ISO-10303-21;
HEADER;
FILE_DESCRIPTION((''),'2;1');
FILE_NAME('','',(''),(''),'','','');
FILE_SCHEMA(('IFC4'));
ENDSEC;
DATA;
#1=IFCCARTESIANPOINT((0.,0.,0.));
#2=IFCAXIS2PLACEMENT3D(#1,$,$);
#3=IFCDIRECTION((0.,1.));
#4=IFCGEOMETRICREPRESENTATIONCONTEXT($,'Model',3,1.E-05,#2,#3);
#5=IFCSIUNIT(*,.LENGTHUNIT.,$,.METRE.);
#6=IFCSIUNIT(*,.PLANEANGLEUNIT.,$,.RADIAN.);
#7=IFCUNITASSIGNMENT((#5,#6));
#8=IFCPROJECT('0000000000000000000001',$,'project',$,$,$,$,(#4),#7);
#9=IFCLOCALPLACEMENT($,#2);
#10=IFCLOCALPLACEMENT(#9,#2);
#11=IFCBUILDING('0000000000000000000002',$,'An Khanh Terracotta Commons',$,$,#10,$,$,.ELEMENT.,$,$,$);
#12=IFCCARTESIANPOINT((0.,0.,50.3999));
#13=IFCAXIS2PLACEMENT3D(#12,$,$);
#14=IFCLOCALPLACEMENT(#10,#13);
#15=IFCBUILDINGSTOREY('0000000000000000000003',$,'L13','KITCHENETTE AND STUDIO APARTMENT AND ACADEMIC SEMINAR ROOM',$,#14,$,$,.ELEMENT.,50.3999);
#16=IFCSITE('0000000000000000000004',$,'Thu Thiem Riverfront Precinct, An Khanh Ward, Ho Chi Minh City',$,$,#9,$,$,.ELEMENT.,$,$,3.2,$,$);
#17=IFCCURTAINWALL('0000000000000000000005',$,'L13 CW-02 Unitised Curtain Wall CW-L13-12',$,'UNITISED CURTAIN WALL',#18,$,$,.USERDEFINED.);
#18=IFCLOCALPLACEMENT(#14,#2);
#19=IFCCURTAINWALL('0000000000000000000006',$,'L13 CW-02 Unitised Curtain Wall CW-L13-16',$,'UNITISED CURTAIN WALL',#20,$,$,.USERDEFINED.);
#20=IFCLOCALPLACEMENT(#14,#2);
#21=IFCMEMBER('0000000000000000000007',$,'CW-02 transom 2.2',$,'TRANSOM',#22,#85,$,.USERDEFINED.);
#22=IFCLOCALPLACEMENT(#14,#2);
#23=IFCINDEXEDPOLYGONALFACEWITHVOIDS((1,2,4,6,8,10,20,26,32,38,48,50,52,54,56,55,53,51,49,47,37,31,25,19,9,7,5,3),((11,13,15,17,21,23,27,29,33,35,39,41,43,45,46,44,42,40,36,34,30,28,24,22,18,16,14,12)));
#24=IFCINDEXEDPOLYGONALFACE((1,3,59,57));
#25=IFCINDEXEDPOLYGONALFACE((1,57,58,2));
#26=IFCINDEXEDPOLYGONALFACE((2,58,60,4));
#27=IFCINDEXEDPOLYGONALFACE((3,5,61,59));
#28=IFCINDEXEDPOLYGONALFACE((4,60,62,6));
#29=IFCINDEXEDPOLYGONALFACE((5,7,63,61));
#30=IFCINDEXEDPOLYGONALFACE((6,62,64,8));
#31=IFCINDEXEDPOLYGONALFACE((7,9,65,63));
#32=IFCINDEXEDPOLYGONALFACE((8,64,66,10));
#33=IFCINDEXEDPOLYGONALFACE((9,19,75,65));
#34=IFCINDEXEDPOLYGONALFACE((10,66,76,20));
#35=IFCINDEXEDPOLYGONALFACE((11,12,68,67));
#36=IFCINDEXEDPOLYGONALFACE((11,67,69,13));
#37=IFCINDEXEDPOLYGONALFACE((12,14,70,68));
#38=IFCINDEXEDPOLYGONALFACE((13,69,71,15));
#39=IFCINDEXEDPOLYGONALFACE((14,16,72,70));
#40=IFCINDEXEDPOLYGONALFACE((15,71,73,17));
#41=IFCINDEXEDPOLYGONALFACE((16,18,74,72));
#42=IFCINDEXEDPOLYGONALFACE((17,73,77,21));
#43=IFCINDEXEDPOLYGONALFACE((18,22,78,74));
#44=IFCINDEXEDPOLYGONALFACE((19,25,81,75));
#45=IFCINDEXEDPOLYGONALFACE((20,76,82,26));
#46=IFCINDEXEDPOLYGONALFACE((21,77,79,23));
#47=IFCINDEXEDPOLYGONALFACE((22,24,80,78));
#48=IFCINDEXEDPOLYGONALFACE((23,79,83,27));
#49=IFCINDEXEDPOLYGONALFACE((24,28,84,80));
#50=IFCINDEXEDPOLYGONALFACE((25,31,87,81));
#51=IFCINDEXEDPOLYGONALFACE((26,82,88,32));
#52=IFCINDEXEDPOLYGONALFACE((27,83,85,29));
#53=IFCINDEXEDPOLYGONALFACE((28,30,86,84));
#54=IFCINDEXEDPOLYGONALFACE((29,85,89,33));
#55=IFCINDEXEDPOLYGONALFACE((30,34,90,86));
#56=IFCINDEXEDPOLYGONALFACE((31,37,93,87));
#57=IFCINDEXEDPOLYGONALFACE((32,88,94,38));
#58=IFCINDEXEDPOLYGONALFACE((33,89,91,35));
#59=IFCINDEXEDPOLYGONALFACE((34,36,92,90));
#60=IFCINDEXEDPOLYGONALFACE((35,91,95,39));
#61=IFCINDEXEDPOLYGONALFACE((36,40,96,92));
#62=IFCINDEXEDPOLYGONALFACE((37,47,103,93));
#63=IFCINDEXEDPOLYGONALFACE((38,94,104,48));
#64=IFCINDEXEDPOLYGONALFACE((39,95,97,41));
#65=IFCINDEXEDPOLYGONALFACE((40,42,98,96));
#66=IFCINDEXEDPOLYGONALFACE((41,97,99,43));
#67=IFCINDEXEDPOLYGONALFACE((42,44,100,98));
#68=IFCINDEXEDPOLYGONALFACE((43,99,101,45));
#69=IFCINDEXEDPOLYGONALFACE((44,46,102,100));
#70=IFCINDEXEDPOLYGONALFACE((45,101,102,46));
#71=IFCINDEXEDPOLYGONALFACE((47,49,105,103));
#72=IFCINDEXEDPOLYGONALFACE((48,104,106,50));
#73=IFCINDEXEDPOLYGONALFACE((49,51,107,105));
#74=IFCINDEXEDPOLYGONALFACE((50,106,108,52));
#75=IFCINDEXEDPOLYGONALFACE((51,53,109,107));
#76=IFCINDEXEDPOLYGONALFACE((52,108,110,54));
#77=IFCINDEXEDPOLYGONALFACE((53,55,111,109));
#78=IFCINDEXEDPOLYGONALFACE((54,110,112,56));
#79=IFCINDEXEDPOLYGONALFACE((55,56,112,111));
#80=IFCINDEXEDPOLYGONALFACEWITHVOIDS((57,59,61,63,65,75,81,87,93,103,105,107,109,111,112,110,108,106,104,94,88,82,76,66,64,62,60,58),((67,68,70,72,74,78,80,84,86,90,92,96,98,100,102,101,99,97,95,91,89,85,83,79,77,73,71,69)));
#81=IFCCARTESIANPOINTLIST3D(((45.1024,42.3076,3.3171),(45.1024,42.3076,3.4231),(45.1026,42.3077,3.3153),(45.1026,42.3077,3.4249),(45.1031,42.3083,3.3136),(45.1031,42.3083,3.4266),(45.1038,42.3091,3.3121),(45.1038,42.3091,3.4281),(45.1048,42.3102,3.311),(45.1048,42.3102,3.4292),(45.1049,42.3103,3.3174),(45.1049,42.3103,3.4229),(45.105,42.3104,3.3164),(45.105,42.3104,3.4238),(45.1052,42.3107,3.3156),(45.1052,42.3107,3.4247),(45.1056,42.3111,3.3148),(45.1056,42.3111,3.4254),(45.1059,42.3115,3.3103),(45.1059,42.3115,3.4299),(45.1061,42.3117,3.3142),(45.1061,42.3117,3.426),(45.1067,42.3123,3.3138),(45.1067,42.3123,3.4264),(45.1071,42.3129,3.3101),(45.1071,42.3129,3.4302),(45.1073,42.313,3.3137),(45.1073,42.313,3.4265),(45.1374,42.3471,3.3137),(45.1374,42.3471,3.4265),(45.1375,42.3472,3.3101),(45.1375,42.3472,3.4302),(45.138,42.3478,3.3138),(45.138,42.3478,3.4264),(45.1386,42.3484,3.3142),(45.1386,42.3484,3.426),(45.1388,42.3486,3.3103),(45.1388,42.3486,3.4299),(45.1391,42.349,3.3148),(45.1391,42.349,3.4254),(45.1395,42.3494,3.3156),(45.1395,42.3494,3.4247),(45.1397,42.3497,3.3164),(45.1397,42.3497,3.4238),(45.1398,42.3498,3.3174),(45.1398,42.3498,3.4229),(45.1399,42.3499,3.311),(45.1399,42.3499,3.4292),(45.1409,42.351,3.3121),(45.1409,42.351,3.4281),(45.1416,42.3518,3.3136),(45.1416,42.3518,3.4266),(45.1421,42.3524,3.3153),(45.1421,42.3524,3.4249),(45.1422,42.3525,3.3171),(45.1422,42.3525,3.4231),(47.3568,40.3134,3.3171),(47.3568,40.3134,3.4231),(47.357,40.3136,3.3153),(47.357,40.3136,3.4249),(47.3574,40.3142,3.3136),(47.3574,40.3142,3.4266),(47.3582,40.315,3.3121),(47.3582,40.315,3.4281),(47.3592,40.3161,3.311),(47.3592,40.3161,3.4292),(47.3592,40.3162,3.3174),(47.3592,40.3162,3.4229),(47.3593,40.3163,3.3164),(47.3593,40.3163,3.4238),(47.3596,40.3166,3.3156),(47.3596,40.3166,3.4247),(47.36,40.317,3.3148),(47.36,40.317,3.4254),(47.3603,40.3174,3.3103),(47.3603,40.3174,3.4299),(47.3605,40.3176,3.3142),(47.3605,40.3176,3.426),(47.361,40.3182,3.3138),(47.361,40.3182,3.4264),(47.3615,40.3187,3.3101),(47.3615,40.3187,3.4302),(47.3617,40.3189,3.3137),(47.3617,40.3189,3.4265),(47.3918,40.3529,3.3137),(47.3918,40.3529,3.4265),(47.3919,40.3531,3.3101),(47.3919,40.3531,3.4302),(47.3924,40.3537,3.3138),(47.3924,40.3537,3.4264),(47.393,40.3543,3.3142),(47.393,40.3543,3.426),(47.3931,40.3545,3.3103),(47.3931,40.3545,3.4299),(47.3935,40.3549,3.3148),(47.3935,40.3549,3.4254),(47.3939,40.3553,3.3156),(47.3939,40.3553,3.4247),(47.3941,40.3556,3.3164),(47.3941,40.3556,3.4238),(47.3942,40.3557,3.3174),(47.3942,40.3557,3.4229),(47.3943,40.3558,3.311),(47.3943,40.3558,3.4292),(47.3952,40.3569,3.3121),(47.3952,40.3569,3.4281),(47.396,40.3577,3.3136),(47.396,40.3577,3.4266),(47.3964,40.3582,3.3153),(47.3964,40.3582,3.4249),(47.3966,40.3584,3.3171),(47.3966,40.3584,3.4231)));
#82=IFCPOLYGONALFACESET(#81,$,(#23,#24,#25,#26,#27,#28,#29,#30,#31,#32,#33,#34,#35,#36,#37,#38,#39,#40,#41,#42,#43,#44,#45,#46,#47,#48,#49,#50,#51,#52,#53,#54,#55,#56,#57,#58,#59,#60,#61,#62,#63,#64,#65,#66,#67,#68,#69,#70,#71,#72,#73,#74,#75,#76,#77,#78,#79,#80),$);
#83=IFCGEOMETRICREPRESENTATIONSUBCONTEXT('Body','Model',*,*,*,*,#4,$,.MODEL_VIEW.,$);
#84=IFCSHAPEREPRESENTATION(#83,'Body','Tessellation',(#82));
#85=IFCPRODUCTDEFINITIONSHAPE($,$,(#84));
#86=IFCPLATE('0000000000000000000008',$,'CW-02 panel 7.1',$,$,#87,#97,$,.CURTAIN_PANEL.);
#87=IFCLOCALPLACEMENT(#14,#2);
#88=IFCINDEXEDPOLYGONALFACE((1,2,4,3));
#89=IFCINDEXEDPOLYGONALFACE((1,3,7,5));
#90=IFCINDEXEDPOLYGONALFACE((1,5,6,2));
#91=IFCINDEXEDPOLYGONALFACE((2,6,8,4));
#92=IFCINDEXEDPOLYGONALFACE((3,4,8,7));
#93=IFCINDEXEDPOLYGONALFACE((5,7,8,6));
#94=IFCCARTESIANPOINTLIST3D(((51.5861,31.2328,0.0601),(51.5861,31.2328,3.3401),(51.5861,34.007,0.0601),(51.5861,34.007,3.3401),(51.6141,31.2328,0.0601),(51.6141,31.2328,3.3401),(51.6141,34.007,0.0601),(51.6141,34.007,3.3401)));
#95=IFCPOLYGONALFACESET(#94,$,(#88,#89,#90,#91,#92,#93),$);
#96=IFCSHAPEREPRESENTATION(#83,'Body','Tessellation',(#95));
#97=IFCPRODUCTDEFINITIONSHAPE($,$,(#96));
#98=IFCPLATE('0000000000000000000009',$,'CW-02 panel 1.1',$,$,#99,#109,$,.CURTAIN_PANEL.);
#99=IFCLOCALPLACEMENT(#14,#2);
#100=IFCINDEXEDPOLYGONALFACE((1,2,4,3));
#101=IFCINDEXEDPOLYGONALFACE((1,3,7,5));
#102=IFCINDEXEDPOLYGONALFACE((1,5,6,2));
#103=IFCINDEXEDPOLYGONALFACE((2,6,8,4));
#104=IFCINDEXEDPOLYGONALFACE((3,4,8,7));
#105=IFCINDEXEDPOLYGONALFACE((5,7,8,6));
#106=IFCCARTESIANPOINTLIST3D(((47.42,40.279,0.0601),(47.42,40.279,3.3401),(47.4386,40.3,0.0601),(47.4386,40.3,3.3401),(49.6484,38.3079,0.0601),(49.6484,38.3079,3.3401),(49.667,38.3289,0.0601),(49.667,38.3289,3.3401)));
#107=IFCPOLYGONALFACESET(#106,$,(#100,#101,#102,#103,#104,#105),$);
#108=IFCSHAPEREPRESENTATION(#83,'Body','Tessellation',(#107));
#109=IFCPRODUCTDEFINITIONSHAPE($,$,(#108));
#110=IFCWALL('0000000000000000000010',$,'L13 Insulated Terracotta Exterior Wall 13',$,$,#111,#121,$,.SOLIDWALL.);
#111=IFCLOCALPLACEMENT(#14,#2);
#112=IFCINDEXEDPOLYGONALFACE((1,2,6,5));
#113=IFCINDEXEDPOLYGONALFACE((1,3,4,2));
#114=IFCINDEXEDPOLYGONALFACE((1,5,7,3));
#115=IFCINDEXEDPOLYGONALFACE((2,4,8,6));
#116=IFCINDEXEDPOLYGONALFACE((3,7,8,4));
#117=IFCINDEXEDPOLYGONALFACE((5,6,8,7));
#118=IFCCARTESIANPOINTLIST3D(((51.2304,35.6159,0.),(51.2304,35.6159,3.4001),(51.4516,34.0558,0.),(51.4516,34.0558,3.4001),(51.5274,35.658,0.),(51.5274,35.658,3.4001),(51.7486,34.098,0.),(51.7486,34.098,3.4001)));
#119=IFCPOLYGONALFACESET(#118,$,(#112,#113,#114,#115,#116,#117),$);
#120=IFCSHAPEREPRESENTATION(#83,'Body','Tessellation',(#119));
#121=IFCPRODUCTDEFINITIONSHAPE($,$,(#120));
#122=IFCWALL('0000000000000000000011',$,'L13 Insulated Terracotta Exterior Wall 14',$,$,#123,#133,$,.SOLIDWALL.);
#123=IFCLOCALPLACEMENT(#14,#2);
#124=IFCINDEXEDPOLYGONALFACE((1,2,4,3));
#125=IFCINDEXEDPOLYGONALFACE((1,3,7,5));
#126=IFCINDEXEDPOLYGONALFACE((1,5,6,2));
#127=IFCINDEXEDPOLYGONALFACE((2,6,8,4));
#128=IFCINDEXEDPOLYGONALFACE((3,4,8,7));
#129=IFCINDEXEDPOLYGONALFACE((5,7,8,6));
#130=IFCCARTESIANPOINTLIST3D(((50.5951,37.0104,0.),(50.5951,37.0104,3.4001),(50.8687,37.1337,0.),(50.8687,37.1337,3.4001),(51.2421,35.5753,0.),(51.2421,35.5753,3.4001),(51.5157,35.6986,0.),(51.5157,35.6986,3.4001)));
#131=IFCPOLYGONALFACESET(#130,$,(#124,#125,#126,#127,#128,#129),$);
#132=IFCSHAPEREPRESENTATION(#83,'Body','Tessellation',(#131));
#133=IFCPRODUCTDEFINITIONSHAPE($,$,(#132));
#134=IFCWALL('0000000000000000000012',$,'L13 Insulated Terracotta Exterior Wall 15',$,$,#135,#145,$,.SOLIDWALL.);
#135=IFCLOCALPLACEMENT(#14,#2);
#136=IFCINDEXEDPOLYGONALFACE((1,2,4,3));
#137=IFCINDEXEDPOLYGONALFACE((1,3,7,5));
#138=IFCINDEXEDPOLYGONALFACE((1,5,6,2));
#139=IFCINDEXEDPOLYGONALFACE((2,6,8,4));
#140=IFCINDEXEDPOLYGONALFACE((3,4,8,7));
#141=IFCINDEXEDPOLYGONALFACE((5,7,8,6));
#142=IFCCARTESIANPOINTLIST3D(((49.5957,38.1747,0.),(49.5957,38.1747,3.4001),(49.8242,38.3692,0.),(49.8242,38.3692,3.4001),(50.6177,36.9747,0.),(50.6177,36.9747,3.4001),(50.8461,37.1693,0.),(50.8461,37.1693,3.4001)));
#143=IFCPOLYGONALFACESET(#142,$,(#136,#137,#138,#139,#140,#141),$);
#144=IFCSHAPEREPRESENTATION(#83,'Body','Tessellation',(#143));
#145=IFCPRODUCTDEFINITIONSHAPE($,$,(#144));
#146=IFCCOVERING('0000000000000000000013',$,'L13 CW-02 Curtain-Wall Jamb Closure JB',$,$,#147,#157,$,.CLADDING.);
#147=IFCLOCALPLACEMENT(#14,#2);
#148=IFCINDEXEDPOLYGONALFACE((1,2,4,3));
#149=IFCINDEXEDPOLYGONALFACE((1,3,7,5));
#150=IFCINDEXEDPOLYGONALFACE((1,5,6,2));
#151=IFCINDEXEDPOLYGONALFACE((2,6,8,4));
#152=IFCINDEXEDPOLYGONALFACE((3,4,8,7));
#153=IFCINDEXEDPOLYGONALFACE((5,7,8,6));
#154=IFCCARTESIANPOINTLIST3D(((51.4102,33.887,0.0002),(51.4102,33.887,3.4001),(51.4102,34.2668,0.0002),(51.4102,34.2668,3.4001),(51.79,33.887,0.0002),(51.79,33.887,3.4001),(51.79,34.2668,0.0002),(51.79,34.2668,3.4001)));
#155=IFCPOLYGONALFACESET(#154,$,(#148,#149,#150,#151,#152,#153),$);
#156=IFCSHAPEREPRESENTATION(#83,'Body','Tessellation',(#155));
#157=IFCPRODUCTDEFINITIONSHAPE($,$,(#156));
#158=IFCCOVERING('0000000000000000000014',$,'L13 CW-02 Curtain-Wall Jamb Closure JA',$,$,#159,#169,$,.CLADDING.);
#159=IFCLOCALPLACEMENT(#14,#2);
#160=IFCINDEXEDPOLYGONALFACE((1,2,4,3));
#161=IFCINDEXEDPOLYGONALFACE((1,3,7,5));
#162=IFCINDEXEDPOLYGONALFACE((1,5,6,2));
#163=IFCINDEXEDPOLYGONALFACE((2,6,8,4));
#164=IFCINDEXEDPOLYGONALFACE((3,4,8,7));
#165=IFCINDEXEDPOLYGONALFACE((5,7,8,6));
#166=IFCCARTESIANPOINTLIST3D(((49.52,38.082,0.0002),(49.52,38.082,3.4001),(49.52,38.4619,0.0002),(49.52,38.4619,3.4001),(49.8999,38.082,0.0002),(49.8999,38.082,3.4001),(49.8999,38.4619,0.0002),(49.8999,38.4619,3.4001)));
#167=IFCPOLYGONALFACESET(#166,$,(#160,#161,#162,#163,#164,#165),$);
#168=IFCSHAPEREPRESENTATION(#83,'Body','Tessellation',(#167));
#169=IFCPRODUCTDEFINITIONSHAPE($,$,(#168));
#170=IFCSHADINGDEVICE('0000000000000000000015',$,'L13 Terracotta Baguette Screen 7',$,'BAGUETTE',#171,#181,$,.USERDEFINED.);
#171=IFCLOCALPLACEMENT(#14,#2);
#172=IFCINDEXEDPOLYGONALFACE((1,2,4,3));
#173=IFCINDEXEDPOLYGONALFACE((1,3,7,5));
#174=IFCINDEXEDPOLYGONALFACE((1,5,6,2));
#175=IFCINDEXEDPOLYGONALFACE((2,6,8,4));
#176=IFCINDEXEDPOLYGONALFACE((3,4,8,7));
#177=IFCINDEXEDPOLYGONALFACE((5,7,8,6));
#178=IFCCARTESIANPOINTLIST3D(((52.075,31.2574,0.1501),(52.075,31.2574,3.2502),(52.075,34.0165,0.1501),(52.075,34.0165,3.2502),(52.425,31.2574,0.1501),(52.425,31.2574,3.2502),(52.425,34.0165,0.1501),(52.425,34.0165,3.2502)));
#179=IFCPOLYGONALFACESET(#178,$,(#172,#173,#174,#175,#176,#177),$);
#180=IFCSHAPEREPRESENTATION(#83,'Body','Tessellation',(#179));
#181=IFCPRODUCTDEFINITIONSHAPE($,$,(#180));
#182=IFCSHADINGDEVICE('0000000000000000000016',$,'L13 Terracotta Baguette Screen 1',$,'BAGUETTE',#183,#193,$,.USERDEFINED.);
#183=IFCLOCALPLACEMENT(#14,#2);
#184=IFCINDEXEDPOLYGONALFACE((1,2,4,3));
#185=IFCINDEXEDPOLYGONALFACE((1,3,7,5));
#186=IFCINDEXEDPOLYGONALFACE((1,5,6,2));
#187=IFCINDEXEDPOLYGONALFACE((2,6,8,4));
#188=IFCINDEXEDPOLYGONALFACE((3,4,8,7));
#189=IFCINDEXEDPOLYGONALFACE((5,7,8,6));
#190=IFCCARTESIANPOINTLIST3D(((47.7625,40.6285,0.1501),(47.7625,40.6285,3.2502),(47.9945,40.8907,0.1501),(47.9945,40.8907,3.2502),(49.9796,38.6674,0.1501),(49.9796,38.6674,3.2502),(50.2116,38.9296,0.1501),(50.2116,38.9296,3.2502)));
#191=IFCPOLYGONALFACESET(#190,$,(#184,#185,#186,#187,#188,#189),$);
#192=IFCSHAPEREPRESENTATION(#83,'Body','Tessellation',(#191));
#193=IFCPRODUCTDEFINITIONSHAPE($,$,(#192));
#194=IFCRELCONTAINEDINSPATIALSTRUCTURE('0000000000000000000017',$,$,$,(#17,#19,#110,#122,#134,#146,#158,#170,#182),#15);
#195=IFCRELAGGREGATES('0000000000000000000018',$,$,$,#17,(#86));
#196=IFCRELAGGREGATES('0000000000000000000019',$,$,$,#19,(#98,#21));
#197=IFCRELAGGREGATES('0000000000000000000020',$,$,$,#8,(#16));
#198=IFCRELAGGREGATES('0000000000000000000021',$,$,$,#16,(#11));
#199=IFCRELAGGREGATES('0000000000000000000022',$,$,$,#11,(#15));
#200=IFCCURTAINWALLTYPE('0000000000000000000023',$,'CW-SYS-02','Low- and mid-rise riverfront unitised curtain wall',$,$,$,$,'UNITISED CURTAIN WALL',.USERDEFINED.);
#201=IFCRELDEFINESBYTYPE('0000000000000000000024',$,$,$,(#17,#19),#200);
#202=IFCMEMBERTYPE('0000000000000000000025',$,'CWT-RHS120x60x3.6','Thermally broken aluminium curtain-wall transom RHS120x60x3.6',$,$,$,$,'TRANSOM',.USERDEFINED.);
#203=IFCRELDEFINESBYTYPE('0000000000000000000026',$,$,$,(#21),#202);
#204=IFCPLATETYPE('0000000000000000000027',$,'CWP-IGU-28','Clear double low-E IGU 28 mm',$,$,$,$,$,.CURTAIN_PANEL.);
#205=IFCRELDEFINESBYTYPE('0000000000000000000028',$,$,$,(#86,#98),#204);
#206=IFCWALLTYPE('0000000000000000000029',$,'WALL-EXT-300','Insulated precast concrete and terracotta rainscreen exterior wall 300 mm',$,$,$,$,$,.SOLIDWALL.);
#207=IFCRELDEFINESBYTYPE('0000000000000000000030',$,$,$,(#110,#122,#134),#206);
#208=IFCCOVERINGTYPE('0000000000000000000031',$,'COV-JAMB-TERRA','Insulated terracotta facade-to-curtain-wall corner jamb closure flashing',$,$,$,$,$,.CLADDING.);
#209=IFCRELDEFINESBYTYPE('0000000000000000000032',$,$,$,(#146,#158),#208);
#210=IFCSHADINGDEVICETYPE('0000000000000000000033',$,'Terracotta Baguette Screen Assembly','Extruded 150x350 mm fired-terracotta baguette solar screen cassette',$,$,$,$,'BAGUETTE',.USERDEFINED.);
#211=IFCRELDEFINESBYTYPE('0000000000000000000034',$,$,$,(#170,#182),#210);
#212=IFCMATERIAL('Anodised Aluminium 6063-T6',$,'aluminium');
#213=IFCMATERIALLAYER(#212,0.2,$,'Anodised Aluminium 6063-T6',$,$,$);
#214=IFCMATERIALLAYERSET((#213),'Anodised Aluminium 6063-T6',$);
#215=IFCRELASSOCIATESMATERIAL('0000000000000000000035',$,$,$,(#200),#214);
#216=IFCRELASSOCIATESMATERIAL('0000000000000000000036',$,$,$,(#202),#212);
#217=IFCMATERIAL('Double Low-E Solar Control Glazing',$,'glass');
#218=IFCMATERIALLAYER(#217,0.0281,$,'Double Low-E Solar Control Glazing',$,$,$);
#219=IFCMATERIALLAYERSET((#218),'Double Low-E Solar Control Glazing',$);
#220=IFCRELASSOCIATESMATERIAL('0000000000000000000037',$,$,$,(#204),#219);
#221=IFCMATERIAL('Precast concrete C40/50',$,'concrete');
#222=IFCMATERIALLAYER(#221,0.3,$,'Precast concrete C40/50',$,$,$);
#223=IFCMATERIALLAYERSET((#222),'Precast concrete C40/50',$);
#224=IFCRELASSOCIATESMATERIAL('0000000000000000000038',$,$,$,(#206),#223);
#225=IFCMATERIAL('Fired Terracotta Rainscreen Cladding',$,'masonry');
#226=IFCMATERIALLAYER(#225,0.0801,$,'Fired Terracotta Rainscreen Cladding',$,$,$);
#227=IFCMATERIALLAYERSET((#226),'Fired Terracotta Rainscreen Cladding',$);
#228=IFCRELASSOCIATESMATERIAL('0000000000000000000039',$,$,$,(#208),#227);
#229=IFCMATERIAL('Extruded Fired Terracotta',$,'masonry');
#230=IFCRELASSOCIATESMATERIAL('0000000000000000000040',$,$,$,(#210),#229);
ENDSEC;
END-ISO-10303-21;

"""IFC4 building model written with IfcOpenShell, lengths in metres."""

from ifc_helpers import new_model, si_unit, direction, frame, frame_2d, origin, origin_2d, place, context, subcontext, project, spatial, rectangle, hollow_rectangle, extrude, material, layer, layer_set, material_profile, profile_set, type_object, element, aggregate, save


model = new_model("IFC4")

# Units and contexts
model_context = context("Model", 3, precision=1e-05, world=origin(), true_north=direction((0.0, 1.0)))
body_context = subcontext(model_context, "Body", "Model", "MODEL_VIEW")
ifc_project = project(units=[si_unit("LENGTHUNIT", "METRE"), si_unit("PLANEANGLEUNIT", "RADIAN")], contexts=[model_context])

# Site, building, storey
site_placement = place(None, origin())
site = spatial("IfcSite", under=ifc_project, at=site_placement, Name="Thu Thiem Riverfront Precinct, An Khanh Ward, Ho Chi Minh City", CompositionType="ELEMENT", RefElevation=3.2)
building_placement = place(site_placement, origin())
building = spatial("IfcBuilding", under=site, at=building_placement, Name="An Khanh Terracotta Commons", CompositionType="ELEMENT")
storey_placement = place(building_placement, frame((0.0, 0.0, 50.3999)))
storey = spatial("IfcBuildingStorey", under=building, at=storey_placement, Name="L13", Description="KITCHENETTE AND STUDIO APARTMENT AND ACADEMIC SEMINAR ROOM", CompositionType="ELEMENT", Elevation=50.3999)

# Curtain wall
ifc_material_1 = material(Name="Anodised Aluminium 6063-T6", Category="aluminium")
ifc_layer_1 = layer(ifc_material_1, 0.2, Name="Anodised Aluminium 6063-T6")
ifc_layer_set_1 = layer_set([ifc_layer_1], Name="Anodised Aluminium 6063-T6")
curtain_wall_type = type_object("IfcCurtainWallType", Name="CW-SYS-02", Description="Low- and mid-rise riverfront unitised curtain wall", ElementType="UNITISED CURTAIN WALL", PredefinedType="USERDEFINED", material=ifc_layer_set_1)
curtain_wall_1_placement = place(storey_placement, origin())
curtain_wall_1 = element("IfcCurtainWall", 1, at=curtain_wall_1_placement, inside=storey, type_object=curtain_wall_type, Name="L13 CW-02 Unitised Curtain Wall CW-L13-12", ObjectType="UNITISED CURTAIN WALL", PredefinedType="USERDEFINED")

# Curtain wall, member
curtain_wall_2_placement = place(storey_placement, origin())
curtain_wall_2 = element("IfcCurtainWall", 2, at=curtain_wall_2_placement, inside=storey, type_object=curtain_wall_type, Name="L13 CW-02 Unitised Curtain Wall CW-L13-16", ObjectType="UNITISED CURTAIN WALL", PredefinedType="USERDEFINED")
ifc_material_profile_1 = material_profile(ifc_material_1, hollow_rectangle(XDim=0.0601, YDim=0.1201, WallThickness=0.0037, InnerFilletRadius=0.0037, OuterFilletRadius=0.0071, at=origin_2d()), Name="RHS120x60x3.6")
ifc_profile_set_1 = profile_set([ifc_material_profile_1], Name="Anodised Aluminium 6063-T6")
member_type_1 = type_object("IfcMemberType", Name="CWT-RHS120x60x3.6", Description="Thermally broken aluminium curtain-wall transom RHS120x60x3.6", ElementType="TRANSOM", PredefinedType="USERDEFINED", material=ifc_profile_set_1)
member_1_placement = place(storey_placement, frame((47.3767, 40.3359, 3.3701), z_axis=(-0.749018, 0.662549, 0.0), x_axis=(-0.662549, -0.749018, 0.0)))
member_1 = element("IfcMember", 3, at=member_1_placement, type_object=member_type_1, Name="CW-02 transom 2.2", ObjectType="TRANSOM", PredefinedType="USERDEFINED", context=body_context, shape_type="SweptSolid", body=[
    extrude(hollow_rectangle(XDim=0.0601, YDim=0.1201, WallThickness=0.0037, InnerFilletRadius=0.0037, OuterFilletRadius=0.0071, at=origin_2d()), origin(), (0.0, 0.0, 1.0), 3.0098),
])

# Plates
ifc_material_2 = material(Name="Double Low-E Solar Control Glazing", Category="glass")
ifc_layer_2 = layer(ifc_material_2, 0.0281, Name="Double Low-E Solar Control Glazing")
ifc_layer_set_2 = layer_set([ifc_layer_2], Name="Double Low-E Solar Control Glazing")
plate_type = type_object("IfcPlateType", Name="CWP-IGU-28", Description="Clear double low-E IGU 28 mm", PredefinedType="CURTAIN_PANEL", material=ifc_layer_set_2)
plate_1_placement = place(storey_placement, frame((51.6001, 32.6199, 0.0601), z_axis=(0.0, 0.0, 1.0), x_axis=(0.0, 1.0, 0.0)))
plate_1 = element("IfcPlate", 4, at=plate_1_placement, type_object=plate_type, Name="CW-02 panel 7.1", PredefinedType="CURTAIN_PANEL", context=body_context, shape_type="SweptSolid", body=[
    extrude(rectangle(XDim=2.7742, YDim=0.0281, at=origin_2d()), origin(), (0.0, 0.0, 1.0), 3.28),
])
aggregate(curtain_wall_1, [plate_1])
plate_2_placement = place(storey_placement, frame((48.5435, 39.304, 0.0601), z_axis=(0.0, 0.0, 1.0), x_axis=(-0.749019, 0.662548, 0.0)))
plate_2 = element("IfcPlate", 5, at=plate_2_placement, type_object=plate_type, Name="CW-02 panel 1.1", PredefinedType="CURTAIN_PANEL", context=body_context, shape_type="SweptSolid", body=[
    extrude(rectangle(XDim=2.9751, YDim=0.0281, at=origin_2d()), origin(), (0.0, 0.0, 1.0), 3.28),
])
aggregate(curtain_wall_2, [plate_2, member_1])

# Walls
ifc_material_3 = material(Name="Precast concrete C40/50", Category="concrete")
ifc_layer_3 = layer(ifc_material_3, 0.3, Name="Precast concrete C40/50")
ifc_layer_set_3 = layer_set([ifc_layer_3], Name="Precast concrete C40/50")
wall_type = type_object("IfcWallType", Name="WALL-EXT-300", Description="Insulated precast concrete and terracotta rainscreen exterior wall 300 mm", PredefinedType="SOLIDWALL", material=ifc_layer_set_3)
wall_1_placement = place(storey_placement, frame((51.6001, 34.0769, 0.0), z_axis=(0.0, 0.0, 1.0), x_axis=(-0.14038, 0.990098, 0.0)))
element("IfcWall", 6, at=wall_1_placement, inside=storey, type_object=wall_type, Name="L13 Insulated Terracotta Exterior Wall 13", PredefinedType="SOLIDWALL", context=body_context, shape_type="SweptSolid", body=[
    extrude(rectangle(XDim=1.5757, YDim=0.3, at=frame_2d((0.7878, 0.0))), origin(), (0.0, 0.0, 1.0), 3.4001),
])
wall_2_placement = place(storey_placement, frame((51.3789, 35.637, 0.0), z_axis=(0.0, 0.0, 1.0), x_axis=(-0.410997, 0.911637, 0.0)))
element("IfcWall", 7, at=wall_2_placement, inside=storey, type_object=wall_type, Name="L13 Insulated Terracotta Exterior Wall 14", PredefinedType="SOLIDWALL", context=body_context, shape_type="SweptSolid", body=[
    extrude(rectangle(XDim=1.5742, YDim=0.3, at=frame_2d((0.7871, 0.0))), origin(), (0.0, 0.0, 1.0), 3.4001),
])
wall_3_placement = place(storey_placement, frame((50.7319, 37.072, 0.0), z_axis=(0.0, 0.0, 1.0), x_axis=(-0.64839, 0.761308, 0.0)))
element("IfcWall", 8, at=wall_3_placement, inside=storey, type_object=wall_type, Name="L13 Insulated Terracotta Exterior Wall 15", PredefinedType="SOLIDWALL", context=body_context, shape_type="SweptSolid", body=[
    extrude(rectangle(XDim=1.5762, YDim=0.3, at=frame_2d((0.7881, 0.0))), origin(), (0.0, 0.0, 1.0), 3.4001),
])

# Coverings
ifc_material_4 = material(Name="Fired Terracotta Rainscreen Cladding", Category="masonry")
ifc_layer_4 = layer(ifc_material_4, 0.0801, Name="Fired Terracotta Rainscreen Cladding")
ifc_layer_set_4 = layer_set([ifc_layer_4], Name="Fired Terracotta Rainscreen Cladding")
covering_type = type_object("IfcCoveringType", Name="COV-JAMB-TERRA", Description="Insulated terracotta facade-to-curtain-wall corner jamb closure flashing", PredefinedType="CLADDING", material=ifc_layer_set_4)
for number, where, z_axis, x_axis, name in (
    (9, (51.6001, 34.0769, 0.0002), (0.0, 0.0, 1.0), (1.0, 0.0, 0.0), "L13 CW-02 Curtain-Wall Jamb Closure JB"),
    (10, (49.71, 38.272, 0.0002), (0.0, 0.0, 1.0), (1.0, 0.0, 0.0), "L13 CW-02 Curtain-Wall Jamb Closure JA"),
):
    element("IfcCovering", number, at=place(storey_placement, frame(where, z_axis=z_axis, x_axis=x_axis)), inside=storey, type_object=covering_type, Name=name, PredefinedType="CLADDING", context=body_context, shape_type="SweptSolid", body=[
        extrude(rectangle(XDim=0.3799, YDim=0.3799, at=origin_2d()), origin(), (0.0, 0.0, 1.0), 3.3999),
    ])

# Shading devices
ifc_material_5 = material(Name="Extruded Fired Terracotta", Category="masonry")
shading_device_type = type_object("IfcShadingDeviceType", Name="Terracotta Baguette Screen Assembly", Description="Extruded 150x350 mm fired-terracotta baguette solar screen cassette", ElementType="BAGUETTE", PredefinedType="USERDEFINED", material=ifc_material_5)
shading_device_1_placement = place(storey_placement, frame((52.25, 32.637, 0.1501), z_axis=(0.0, 0.0, 1.0), x_axis=(0.0, 1.0, 0.0)))
element("IfcShadingDevice", 11, at=shading_device_1_placement, inside=storey, type_object=shading_device_type, Name="L13 Terracotta Baguette Screen 7", ObjectType="BAGUETTE", PredefinedType="USERDEFINED", context=body_context, shape_type="SweptSolid", body=[
    extrude(rectangle(XDim=2.759, YDim=0.3501, at=origin_2d()), origin(), (0.0, 0.0, 1.0), 3.1001),
])
shading_device_2_placement = place(storey_placement, frame((48.9871, 39.7791, 0.1501), z_axis=(0.0, 0.0, 1.0), x_axis=(-0.749019, 0.662548, 0.0)))
element("IfcShadingDevice", 12, at=shading_device_2_placement, inside=storey, type_object=shading_device_type, Name="L13 Terracotta Baguette Screen 1", ObjectType="BAGUETTE", PredefinedType="USERDEFINED", context=body_context, shape_type="SweptSolid", body=[
    extrude(rectangle(XDim=2.96, YDim=0.3501, at=origin_2d()), origin(), (0.0, 0.0, 1.0), 3.1001),
])

save(model, "model.ifc")
